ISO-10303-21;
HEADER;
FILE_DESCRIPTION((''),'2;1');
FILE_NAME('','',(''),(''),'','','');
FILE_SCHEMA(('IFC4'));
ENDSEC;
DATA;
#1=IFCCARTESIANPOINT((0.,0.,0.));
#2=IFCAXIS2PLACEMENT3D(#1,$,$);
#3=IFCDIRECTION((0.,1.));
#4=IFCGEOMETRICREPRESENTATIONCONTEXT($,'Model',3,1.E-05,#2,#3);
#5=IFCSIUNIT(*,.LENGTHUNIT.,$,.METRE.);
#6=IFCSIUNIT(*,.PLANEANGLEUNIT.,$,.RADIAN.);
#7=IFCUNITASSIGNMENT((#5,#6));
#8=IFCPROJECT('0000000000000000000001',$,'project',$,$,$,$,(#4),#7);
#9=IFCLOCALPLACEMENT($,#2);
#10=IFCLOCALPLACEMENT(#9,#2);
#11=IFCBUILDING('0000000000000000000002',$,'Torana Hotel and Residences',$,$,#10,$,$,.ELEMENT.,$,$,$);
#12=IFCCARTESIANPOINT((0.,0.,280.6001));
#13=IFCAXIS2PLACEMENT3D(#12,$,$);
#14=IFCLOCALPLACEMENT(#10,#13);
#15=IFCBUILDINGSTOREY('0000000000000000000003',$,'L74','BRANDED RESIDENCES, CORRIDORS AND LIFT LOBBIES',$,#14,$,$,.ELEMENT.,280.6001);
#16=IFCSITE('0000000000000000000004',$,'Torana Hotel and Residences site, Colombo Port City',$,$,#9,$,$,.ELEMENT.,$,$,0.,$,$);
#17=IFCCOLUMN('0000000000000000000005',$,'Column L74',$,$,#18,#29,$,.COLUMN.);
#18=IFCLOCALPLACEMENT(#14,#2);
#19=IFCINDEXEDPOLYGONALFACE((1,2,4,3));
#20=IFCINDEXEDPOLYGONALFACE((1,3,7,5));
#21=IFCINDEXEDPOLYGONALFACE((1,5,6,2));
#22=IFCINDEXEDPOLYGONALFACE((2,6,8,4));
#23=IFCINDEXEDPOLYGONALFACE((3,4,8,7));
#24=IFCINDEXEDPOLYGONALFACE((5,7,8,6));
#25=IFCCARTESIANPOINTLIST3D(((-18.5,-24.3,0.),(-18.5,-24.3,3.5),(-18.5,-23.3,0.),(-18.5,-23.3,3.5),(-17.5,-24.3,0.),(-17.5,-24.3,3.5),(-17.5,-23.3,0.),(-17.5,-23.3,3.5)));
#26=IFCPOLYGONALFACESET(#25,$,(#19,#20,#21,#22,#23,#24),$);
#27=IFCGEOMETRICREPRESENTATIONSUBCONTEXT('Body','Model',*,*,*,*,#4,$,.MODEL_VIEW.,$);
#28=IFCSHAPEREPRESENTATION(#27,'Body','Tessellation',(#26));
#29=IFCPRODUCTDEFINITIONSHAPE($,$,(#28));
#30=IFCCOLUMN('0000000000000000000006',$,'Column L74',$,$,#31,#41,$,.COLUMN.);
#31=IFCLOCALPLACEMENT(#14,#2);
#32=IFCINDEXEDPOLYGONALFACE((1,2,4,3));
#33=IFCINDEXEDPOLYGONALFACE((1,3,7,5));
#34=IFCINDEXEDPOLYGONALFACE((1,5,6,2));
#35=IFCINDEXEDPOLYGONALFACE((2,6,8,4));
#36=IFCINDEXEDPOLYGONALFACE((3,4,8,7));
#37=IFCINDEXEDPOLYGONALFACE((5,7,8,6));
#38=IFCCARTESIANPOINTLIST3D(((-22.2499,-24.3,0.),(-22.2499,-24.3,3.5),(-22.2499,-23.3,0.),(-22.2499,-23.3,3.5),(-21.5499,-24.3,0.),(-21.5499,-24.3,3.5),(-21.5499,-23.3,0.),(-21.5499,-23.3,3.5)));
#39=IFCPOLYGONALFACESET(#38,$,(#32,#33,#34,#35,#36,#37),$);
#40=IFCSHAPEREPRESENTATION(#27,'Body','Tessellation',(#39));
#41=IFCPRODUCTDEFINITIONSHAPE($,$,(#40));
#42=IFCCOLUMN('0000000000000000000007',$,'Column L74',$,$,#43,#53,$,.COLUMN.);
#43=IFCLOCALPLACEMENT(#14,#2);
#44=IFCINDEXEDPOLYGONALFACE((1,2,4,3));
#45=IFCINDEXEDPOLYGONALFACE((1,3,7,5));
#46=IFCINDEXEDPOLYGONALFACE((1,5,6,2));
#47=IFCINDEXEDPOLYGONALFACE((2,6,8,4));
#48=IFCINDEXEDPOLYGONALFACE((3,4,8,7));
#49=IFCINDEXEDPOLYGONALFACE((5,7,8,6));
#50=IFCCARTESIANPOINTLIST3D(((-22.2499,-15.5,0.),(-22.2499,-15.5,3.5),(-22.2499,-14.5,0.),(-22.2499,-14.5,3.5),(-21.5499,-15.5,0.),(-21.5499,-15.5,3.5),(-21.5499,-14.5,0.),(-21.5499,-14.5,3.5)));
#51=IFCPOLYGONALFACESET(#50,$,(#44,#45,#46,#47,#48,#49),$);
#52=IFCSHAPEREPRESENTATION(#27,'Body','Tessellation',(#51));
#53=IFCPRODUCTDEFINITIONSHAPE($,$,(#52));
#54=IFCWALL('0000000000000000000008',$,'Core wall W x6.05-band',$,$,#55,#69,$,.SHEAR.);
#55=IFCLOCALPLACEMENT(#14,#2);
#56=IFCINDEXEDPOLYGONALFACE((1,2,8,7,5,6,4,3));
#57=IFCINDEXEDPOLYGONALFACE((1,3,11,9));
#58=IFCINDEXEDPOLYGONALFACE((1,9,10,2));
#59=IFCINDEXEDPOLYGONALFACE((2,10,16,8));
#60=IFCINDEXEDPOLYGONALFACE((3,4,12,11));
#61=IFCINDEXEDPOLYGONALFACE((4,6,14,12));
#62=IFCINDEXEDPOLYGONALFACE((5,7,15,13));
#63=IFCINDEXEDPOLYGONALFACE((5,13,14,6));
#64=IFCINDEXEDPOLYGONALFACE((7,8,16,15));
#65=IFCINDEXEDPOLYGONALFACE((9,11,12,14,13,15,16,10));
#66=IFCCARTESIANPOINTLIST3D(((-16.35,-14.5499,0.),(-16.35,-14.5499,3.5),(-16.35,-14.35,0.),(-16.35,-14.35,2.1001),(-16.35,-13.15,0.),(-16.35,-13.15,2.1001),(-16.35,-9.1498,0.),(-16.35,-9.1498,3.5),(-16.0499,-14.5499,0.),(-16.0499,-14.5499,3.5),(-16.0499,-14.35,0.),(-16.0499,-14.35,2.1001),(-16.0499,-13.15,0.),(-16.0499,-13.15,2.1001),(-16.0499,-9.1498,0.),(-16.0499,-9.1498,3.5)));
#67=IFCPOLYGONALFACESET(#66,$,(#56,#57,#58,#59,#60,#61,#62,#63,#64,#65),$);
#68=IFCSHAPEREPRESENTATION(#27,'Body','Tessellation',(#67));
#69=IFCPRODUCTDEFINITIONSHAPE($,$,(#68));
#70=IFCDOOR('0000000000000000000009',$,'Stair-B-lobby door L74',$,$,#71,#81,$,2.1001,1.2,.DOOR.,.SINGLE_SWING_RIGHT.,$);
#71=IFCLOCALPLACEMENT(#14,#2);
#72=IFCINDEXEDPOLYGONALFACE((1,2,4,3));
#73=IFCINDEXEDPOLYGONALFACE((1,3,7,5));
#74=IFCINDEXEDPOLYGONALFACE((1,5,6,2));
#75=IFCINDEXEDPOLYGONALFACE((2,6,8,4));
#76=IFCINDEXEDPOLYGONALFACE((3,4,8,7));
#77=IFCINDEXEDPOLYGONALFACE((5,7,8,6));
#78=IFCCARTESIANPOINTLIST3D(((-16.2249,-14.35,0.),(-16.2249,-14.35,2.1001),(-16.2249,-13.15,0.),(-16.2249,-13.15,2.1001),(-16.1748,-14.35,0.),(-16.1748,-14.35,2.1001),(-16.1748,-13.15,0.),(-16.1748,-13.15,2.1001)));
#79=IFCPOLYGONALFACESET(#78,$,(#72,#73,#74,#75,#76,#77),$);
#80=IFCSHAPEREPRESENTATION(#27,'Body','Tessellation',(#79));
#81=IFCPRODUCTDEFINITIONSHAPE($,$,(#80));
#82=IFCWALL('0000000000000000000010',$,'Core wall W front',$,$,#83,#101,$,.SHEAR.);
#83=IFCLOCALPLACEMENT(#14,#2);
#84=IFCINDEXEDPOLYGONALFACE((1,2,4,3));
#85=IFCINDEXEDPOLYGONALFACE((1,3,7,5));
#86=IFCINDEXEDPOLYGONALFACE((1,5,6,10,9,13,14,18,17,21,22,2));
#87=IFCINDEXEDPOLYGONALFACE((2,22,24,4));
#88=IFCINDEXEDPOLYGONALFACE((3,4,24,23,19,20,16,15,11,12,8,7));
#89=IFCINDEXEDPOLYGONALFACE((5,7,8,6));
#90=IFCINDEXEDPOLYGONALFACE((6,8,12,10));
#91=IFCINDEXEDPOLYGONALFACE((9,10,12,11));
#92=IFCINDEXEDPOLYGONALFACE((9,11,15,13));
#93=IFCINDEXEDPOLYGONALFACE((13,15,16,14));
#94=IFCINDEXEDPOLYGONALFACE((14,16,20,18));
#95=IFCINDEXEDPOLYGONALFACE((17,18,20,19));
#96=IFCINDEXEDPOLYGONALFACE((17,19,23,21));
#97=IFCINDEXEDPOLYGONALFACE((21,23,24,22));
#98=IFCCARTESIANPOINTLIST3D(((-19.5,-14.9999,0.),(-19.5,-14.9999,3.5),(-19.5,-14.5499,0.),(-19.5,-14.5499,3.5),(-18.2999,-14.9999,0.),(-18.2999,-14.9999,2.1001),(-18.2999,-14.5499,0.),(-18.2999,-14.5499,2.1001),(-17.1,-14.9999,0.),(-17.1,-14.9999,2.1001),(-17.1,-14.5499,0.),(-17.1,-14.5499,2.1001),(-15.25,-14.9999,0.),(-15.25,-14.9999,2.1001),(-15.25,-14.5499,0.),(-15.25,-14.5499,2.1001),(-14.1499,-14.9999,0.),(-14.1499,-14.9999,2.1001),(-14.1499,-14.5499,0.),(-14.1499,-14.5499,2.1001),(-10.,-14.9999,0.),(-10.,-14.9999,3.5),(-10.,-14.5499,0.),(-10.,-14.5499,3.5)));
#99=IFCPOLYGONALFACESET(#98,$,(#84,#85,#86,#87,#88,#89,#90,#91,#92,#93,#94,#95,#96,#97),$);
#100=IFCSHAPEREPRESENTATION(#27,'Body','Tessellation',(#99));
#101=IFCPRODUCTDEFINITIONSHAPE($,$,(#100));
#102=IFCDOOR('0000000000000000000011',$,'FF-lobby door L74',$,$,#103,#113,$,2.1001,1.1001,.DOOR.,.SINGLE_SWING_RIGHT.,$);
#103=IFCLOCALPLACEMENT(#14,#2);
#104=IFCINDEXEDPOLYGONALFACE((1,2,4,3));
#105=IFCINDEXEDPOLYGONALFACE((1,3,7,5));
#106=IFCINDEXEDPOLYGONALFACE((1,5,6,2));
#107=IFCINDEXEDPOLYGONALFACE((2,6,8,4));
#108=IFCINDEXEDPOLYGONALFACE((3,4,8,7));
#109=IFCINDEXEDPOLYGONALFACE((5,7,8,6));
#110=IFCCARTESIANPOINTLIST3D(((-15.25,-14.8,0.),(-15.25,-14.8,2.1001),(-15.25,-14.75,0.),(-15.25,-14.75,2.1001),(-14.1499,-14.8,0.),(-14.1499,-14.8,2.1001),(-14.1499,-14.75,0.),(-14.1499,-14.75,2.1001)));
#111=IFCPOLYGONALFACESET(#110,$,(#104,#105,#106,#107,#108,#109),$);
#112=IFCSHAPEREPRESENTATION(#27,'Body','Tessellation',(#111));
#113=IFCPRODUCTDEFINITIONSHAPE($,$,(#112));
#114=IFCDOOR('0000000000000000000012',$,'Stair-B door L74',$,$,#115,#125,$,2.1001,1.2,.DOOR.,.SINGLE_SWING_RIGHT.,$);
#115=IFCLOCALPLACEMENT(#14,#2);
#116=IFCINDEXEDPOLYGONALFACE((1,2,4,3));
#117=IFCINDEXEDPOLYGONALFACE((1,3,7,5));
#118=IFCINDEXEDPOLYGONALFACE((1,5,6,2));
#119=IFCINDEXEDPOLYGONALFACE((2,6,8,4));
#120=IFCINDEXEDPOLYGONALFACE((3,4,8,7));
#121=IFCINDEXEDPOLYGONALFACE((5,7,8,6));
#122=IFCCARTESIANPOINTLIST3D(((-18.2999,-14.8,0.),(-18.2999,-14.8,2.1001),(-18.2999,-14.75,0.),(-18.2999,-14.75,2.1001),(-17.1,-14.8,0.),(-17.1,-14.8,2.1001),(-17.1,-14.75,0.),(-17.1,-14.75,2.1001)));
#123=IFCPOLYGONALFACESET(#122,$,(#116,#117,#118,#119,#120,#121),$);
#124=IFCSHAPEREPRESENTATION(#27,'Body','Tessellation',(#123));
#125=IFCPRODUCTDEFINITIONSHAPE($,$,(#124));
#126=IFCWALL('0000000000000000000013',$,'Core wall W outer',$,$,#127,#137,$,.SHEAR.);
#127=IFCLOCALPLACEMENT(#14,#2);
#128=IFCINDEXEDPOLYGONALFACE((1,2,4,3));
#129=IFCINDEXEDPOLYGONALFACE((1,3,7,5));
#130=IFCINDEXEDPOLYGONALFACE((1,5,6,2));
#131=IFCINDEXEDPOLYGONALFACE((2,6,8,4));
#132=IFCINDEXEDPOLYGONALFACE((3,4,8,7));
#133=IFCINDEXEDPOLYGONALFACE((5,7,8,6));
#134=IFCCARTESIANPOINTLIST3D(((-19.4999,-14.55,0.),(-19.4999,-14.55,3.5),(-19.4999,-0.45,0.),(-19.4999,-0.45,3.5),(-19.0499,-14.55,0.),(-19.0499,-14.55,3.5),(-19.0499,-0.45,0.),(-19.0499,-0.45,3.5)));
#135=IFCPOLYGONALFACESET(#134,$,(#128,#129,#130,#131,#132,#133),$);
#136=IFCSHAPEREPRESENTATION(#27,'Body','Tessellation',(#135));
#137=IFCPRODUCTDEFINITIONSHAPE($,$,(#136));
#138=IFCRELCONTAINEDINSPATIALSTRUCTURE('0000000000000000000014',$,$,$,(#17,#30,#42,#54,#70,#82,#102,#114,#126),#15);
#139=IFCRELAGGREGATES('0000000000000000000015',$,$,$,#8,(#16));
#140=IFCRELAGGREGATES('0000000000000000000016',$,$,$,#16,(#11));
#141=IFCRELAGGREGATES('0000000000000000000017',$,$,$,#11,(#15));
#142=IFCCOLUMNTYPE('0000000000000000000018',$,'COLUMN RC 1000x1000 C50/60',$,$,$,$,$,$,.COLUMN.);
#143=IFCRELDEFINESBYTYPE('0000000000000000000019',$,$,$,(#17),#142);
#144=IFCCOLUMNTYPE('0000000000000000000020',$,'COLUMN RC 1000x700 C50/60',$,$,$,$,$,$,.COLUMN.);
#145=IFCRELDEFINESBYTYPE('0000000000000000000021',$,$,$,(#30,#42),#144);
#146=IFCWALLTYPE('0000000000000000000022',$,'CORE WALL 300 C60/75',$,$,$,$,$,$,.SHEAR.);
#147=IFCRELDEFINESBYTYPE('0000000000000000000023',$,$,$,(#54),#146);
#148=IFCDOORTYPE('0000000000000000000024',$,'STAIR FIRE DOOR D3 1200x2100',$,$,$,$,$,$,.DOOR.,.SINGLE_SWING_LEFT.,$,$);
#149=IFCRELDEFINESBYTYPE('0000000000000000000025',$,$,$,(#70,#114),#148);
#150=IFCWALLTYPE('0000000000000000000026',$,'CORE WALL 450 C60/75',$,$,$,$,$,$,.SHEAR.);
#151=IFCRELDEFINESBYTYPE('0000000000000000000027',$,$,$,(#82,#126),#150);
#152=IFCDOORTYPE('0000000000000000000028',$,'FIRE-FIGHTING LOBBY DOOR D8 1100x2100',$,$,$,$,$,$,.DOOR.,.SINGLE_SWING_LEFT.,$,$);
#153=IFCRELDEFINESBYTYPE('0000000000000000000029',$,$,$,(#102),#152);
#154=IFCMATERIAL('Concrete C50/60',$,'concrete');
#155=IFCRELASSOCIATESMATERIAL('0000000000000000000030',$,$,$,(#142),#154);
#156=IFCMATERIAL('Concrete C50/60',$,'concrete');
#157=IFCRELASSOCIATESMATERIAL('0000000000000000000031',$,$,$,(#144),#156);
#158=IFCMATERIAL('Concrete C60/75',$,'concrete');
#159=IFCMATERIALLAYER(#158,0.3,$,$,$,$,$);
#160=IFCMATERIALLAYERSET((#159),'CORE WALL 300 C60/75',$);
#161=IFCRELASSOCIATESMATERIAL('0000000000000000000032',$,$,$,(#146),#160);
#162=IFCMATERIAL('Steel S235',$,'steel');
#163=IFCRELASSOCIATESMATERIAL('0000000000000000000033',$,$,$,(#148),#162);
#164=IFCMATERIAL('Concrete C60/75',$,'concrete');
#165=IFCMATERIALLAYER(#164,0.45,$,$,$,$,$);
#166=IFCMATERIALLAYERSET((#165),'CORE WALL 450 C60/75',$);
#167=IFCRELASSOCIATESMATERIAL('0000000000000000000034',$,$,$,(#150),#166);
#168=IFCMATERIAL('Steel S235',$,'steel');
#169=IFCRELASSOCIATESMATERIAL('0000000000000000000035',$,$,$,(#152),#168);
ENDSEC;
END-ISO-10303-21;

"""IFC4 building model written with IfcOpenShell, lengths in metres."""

from ifc_helpers import new_model, si_unit, direction, frame, frame_2d, origin, origin_2d, place, context, subcontext, project, spatial, rectangle, extrude, material, layer, layer_set, material_profile, profile_set, type_object, element, fill, save


model = new_model("IFC4")

# Units and contexts
model_context = context("Model", 3, precision=1e-05, world=origin(), true_north=direction((0.0, 1.0)))
body_context = subcontext(model_context, "Body", "Model", "MODEL_VIEW")
ifc_project = project(units=[si_unit("LENGTHUNIT", "METRE"), si_unit("PLANEANGLEUNIT", "RADIAN")], contexts=[model_context])

# Site, building, storey
site_placement = place(None, origin())
site = spatial("IfcSite", under=ifc_project, at=site_placement, Name="Torana Hotel and Residences site, Colombo Port City", CompositionType="ELEMENT", RefElevation=0.0)
building_placement = place(site_placement, origin())
building = spatial("IfcBuilding", under=site, at=building_placement, Name="Torana Hotel and Residences", CompositionType="ELEMENT")
storey_placement = place(building_placement, frame((0.0, 0.0, 280.6001)))
storey = spatial("IfcBuildingStorey", under=building, at=storey_placement, Name="L74", Description="BRANDED RESIDENCES, CORRIDORS AND LIFT LOBBIES", CompositionType="ELEMENT", Elevation=280.6001)

# Columns
ifc_material_1 = material(Name="Concrete C50/60", Category="concrete")
ifc_material_profile_1 = material_profile(ifc_material_1, rectangle(XDim=1.0, YDim=1.0, at=origin_2d()), Name="RC 1000x1000")
ifc_profile_set_1 = profile_set([ifc_material_profile_1], Name="Concrete C50/60")
column_type_1 = type_object("IfcColumnType", Name="COLUMN RC 1000x1000 C50/60", PredefinedType="COLUMN", material=ifc_profile_set_1)
column_placement = place(storey_placement, frame((-18.0, -23.8, 0.0), z_axis=(0.0, 0.0, 1.0), x_axis=(1.0, 0.0, 0.0)))
element("IfcColumn", 1, at=column_placement, inside=storey, type_object=column_type_1, Name="Column L74", PredefinedType="COLUMN", context=body_context, shape_type="SweptSolid", body=[
    extrude(rectangle(XDim=1.0, YDim=1.0, at=origin_2d()), origin(), (0.0, 0.0, 1.0), 3.5),
])
ifc_material_2 = material(Name="Concrete C50/60", Category="concrete")
ifc_material_profile_2 = material_profile(ifc_material_2, rectangle(XDim=1.0, YDim=0.7, at=origin_2d()), Name="RC 1000x700")
ifc_profile_set_2 = profile_set([ifc_material_profile_2], Name="Concrete C50/60")
column_type_2 = type_object("IfcColumnType", Name="COLUMN RC 1000x700 C50/60", PredefinedType="COLUMN", material=ifc_profile_set_2)
for number, where, z_axis, x_axis, name in (
    (2, (-21.8999, -23.8, 0.0), (0.0, 0.0, 1.0), (0.0, 1.0, 0.0), "Column L74"),
    (3, (-21.8999, -15.0, 0.0), (0.0, 0.0, 1.0), (0.0, 1.0, 0.0), "Column L74"),
):
    element("IfcColumn", number, at=place(storey_placement, frame(where, z_axis=z_axis, x_axis=x_axis)), inside=storey, type_object=column_type_2, Name=name, PredefinedType="COLUMN", context=body_context, shape_type="SweptSolid", body=[
        extrude(rectangle(XDim=1.0, YDim=0.7, at=origin_2d()), origin(), (0.0, 0.0, 1.0), 3.5),
    ])

# Wall, opening, door
ifc_material_3 = material(Name="Concrete C60/75", Category="concrete")
ifc_layer_1 = layer(ifc_material_3, 0.3)
ifc_layer_set_1 = layer_set([ifc_layer_1], Name="CORE WALL 300 C60/75")
wall_type_1 = type_object("IfcWallType", Name="CORE WALL 300 C60/75", PredefinedType="SHEAR", material=ifc_layer_set_1)
wall_1_placement = place(storey_placement, frame((-16.2, -14.55, 0.0), z_axis=(0.0, 0.0, 1.0), x_axis=(0.0, 1.0, 0.0)))
wall_1 = element("IfcWall", 4, at=wall_1_placement, inside=storey, type_object=wall_type_1, Name="Core wall W x6.05-band", PredefinedType="SHEAR", context=body_context, shape_type="SweptSolid", body=[
    extrude(rectangle(XDim=5.4001, YDim=0.3, at=frame_2d((2.7002, 0.0))), origin(), (0.0, 0.0, 1.0), 3.5),
])
opening_1_placement = place(wall_1_placement, frame((0.2, 0.0, 0.0)))
opening_1 = element("IfcOpeningElement", 5, at=opening_1_placement, cuts=wall_1, PredefinedType="OPENING", context=body_context, shape_type="SweptSolid", body=[
    extrude(rectangle(XDim=1.2, YDim=2.1001, at=frame_2d((0.6001, 1.05))), frame((0.0, 0.1599, 0.0), z_axis=(0.0, -1.0, 0.0), x_axis=(1.0, 0.0, 0.0)), (0.0, 0.0, 1.0), 0.3201),
])
ifc_material_4 = material(Name="Steel S235", Category="steel")
door_type_1 = type_object("IfcDoorType", Name="STAIR FIRE DOOR D3 1200x2100", OperationType="SINGLE_SWING_LEFT", PredefinedType="DOOR", material=ifc_material_4)
door_1_placement = place(opening_1_placement, origin())
door_1 = element("IfcDoor", 6, at=door_1_placement, inside=storey, type_object=door_type_1, Name="Stair-B-lobby door L74", OperationType="SINGLE_SWING_RIGHT", OverallHeight=2.1001, OverallWidth=1.2, PredefinedType="DOOR", context=body_context, shape_type="SweptSolid", body=[
    extrude(rectangle(XDim=1.2, YDim=2.1001, at=frame_2d((0.6001, 1.05))), frame((0.0, 0.0249, 0.0), z_axis=(0.0, -1.0, 0.0), x_axis=(1.0, 0.0, 0.0)), (0.0, 0.0, 1.0), 0.05),
])
fill(opening_1, door_1)

# Wall, openings, doors
ifc_material_5 = material(Name="Concrete C60/75", Category="concrete")
ifc_layer_2 = layer(ifc_material_5, 0.45)
ifc_layer_set_2 = layer_set([ifc_layer_2], Name="CORE WALL 450 C60/75")
wall_type_2 = type_object("IfcWallType", Name="CORE WALL 450 C60/75", PredefinedType="SHEAR", material=ifc_layer_set_2)
wall_2_placement = place(storey_placement, frame((-19.5, -14.7749, 0.0), z_axis=(0.0, 0.0, 1.0), x_axis=(1.0, 0.0, 0.0)))
wall_2 = element("IfcWall", 7, at=wall_2_placement, inside=storey, type_object=wall_type_2, Name="Core wall W front", PredefinedType="SHEAR", context=body_context, shape_type="SweptSolid", body=[
    extrude(rectangle(XDim=9.5, YDim=0.45, at=frame_2d((4.75, 0.0))), origin(), (0.0, 0.0, 1.0), 3.5),
])
opening_2_placement = place(wall_2_placement, frame((1.2, 0.0, 0.0)))
opening_2 = element("IfcOpeningElement", 8, at=opening_2_placement, cuts=wall_2, PredefinedType="OPENING", context=body_context, shape_type="SweptSolid", body=[
    extrude(rectangle(XDim=1.2, YDim=2.1001, at=frame_2d((0.6001, 1.05))), frame((0.0, 0.2349, 0.0), z_axis=(0.0, -1.0, 0.0), x_axis=(1.0, 0.0, 0.0)), (0.0, 0.0, 1.0), 0.47),
])
opening_3_placement = place(wall_2_placement, frame((4.25, 0.0, 0.0)))
opening_3 = element("IfcOpeningElement", 9, at=opening_3_placement, cuts=wall_2, PredefinedType="OPENING", context=body_context, shape_type="SweptSolid", body=[
    extrude(rectangle(XDim=1.1001, YDim=2.1001, at=frame_2d((0.55, 1.05))), frame((0.0, 0.2349, 0.0), z_axis=(0.0, -1.0, 0.0), x_axis=(1.0, 0.0, 0.0)), (0.0, 0.0, 1.0), 0.47),
])
ifc_material_6 = material(Name="Steel S235", Category="steel")
door_type_2 = type_object("IfcDoorType", Name="FIRE-FIGHTING LOBBY DOOR D8 1100x2100", OperationType="SINGLE_SWING_LEFT", PredefinedType="DOOR", material=ifc_material_6)
door_2_placement = place(opening_3_placement, origin())
door_2 = element("IfcDoor", 10, at=door_2_placement, inside=storey, type_object=door_type_2, Name="FF-lobby door L74", OperationType="SINGLE_SWING_RIGHT", OverallHeight=2.1001, OverallWidth=1.1001, PredefinedType="DOOR", context=body_context, shape_type="SweptSolid", body=[
    extrude(rectangle(XDim=1.1001, YDim=2.1001, at=frame_2d((0.55, 1.05))), frame((0.0, 0.0249, 0.0), z_axis=(0.0, -1.0, 0.0), x_axis=(1.0, 0.0, 0.0)), (0.0, 0.0, 1.0), 0.05),
])
fill(opening_3, door_2)
door_3_placement = place(opening_2_placement, origin())
door_3 = element("IfcDoor", 11, at=door_3_placement, inside=storey, type_object=door_type_1, Name="Stair-B door L74", OperationType="SINGLE_SWING_RIGHT", OverallHeight=2.1001, OverallWidth=1.2, PredefinedType="DOOR", context=body_context, shape_type="SweptSolid", body=[
    extrude(rectangle(XDim=1.2, YDim=2.1001, at=frame_2d((0.6001, 1.05))), frame((0.0, 0.0249, 0.0), z_axis=(0.0, -1.0, 0.0), x_axis=(1.0, 0.0, 0.0)), (0.0, 0.0, 1.0), 0.05),
])
fill(opening_2, door_3)

# Wall
wall_3_placement = place(storey_placement, frame((-19.2749, -14.55, 0.0), z_axis=(0.0, 0.0, 1.0), x_axis=(0.0, 1.0, 0.0)))
element("IfcWall", 12, at=wall_3_placement, inside=storey, type_object=wall_type_2, Name="Core wall W outer", PredefinedType="SHEAR", context=body_context, shape_type="SweptSolid", body=[
    extrude(rectangle(XDim=14.1001, YDim=0.45, at=frame_2d((7.05, 0.0))), origin(), (0.0, 0.0, 1.0), 3.5),
])

save(model, "model.ifc")
